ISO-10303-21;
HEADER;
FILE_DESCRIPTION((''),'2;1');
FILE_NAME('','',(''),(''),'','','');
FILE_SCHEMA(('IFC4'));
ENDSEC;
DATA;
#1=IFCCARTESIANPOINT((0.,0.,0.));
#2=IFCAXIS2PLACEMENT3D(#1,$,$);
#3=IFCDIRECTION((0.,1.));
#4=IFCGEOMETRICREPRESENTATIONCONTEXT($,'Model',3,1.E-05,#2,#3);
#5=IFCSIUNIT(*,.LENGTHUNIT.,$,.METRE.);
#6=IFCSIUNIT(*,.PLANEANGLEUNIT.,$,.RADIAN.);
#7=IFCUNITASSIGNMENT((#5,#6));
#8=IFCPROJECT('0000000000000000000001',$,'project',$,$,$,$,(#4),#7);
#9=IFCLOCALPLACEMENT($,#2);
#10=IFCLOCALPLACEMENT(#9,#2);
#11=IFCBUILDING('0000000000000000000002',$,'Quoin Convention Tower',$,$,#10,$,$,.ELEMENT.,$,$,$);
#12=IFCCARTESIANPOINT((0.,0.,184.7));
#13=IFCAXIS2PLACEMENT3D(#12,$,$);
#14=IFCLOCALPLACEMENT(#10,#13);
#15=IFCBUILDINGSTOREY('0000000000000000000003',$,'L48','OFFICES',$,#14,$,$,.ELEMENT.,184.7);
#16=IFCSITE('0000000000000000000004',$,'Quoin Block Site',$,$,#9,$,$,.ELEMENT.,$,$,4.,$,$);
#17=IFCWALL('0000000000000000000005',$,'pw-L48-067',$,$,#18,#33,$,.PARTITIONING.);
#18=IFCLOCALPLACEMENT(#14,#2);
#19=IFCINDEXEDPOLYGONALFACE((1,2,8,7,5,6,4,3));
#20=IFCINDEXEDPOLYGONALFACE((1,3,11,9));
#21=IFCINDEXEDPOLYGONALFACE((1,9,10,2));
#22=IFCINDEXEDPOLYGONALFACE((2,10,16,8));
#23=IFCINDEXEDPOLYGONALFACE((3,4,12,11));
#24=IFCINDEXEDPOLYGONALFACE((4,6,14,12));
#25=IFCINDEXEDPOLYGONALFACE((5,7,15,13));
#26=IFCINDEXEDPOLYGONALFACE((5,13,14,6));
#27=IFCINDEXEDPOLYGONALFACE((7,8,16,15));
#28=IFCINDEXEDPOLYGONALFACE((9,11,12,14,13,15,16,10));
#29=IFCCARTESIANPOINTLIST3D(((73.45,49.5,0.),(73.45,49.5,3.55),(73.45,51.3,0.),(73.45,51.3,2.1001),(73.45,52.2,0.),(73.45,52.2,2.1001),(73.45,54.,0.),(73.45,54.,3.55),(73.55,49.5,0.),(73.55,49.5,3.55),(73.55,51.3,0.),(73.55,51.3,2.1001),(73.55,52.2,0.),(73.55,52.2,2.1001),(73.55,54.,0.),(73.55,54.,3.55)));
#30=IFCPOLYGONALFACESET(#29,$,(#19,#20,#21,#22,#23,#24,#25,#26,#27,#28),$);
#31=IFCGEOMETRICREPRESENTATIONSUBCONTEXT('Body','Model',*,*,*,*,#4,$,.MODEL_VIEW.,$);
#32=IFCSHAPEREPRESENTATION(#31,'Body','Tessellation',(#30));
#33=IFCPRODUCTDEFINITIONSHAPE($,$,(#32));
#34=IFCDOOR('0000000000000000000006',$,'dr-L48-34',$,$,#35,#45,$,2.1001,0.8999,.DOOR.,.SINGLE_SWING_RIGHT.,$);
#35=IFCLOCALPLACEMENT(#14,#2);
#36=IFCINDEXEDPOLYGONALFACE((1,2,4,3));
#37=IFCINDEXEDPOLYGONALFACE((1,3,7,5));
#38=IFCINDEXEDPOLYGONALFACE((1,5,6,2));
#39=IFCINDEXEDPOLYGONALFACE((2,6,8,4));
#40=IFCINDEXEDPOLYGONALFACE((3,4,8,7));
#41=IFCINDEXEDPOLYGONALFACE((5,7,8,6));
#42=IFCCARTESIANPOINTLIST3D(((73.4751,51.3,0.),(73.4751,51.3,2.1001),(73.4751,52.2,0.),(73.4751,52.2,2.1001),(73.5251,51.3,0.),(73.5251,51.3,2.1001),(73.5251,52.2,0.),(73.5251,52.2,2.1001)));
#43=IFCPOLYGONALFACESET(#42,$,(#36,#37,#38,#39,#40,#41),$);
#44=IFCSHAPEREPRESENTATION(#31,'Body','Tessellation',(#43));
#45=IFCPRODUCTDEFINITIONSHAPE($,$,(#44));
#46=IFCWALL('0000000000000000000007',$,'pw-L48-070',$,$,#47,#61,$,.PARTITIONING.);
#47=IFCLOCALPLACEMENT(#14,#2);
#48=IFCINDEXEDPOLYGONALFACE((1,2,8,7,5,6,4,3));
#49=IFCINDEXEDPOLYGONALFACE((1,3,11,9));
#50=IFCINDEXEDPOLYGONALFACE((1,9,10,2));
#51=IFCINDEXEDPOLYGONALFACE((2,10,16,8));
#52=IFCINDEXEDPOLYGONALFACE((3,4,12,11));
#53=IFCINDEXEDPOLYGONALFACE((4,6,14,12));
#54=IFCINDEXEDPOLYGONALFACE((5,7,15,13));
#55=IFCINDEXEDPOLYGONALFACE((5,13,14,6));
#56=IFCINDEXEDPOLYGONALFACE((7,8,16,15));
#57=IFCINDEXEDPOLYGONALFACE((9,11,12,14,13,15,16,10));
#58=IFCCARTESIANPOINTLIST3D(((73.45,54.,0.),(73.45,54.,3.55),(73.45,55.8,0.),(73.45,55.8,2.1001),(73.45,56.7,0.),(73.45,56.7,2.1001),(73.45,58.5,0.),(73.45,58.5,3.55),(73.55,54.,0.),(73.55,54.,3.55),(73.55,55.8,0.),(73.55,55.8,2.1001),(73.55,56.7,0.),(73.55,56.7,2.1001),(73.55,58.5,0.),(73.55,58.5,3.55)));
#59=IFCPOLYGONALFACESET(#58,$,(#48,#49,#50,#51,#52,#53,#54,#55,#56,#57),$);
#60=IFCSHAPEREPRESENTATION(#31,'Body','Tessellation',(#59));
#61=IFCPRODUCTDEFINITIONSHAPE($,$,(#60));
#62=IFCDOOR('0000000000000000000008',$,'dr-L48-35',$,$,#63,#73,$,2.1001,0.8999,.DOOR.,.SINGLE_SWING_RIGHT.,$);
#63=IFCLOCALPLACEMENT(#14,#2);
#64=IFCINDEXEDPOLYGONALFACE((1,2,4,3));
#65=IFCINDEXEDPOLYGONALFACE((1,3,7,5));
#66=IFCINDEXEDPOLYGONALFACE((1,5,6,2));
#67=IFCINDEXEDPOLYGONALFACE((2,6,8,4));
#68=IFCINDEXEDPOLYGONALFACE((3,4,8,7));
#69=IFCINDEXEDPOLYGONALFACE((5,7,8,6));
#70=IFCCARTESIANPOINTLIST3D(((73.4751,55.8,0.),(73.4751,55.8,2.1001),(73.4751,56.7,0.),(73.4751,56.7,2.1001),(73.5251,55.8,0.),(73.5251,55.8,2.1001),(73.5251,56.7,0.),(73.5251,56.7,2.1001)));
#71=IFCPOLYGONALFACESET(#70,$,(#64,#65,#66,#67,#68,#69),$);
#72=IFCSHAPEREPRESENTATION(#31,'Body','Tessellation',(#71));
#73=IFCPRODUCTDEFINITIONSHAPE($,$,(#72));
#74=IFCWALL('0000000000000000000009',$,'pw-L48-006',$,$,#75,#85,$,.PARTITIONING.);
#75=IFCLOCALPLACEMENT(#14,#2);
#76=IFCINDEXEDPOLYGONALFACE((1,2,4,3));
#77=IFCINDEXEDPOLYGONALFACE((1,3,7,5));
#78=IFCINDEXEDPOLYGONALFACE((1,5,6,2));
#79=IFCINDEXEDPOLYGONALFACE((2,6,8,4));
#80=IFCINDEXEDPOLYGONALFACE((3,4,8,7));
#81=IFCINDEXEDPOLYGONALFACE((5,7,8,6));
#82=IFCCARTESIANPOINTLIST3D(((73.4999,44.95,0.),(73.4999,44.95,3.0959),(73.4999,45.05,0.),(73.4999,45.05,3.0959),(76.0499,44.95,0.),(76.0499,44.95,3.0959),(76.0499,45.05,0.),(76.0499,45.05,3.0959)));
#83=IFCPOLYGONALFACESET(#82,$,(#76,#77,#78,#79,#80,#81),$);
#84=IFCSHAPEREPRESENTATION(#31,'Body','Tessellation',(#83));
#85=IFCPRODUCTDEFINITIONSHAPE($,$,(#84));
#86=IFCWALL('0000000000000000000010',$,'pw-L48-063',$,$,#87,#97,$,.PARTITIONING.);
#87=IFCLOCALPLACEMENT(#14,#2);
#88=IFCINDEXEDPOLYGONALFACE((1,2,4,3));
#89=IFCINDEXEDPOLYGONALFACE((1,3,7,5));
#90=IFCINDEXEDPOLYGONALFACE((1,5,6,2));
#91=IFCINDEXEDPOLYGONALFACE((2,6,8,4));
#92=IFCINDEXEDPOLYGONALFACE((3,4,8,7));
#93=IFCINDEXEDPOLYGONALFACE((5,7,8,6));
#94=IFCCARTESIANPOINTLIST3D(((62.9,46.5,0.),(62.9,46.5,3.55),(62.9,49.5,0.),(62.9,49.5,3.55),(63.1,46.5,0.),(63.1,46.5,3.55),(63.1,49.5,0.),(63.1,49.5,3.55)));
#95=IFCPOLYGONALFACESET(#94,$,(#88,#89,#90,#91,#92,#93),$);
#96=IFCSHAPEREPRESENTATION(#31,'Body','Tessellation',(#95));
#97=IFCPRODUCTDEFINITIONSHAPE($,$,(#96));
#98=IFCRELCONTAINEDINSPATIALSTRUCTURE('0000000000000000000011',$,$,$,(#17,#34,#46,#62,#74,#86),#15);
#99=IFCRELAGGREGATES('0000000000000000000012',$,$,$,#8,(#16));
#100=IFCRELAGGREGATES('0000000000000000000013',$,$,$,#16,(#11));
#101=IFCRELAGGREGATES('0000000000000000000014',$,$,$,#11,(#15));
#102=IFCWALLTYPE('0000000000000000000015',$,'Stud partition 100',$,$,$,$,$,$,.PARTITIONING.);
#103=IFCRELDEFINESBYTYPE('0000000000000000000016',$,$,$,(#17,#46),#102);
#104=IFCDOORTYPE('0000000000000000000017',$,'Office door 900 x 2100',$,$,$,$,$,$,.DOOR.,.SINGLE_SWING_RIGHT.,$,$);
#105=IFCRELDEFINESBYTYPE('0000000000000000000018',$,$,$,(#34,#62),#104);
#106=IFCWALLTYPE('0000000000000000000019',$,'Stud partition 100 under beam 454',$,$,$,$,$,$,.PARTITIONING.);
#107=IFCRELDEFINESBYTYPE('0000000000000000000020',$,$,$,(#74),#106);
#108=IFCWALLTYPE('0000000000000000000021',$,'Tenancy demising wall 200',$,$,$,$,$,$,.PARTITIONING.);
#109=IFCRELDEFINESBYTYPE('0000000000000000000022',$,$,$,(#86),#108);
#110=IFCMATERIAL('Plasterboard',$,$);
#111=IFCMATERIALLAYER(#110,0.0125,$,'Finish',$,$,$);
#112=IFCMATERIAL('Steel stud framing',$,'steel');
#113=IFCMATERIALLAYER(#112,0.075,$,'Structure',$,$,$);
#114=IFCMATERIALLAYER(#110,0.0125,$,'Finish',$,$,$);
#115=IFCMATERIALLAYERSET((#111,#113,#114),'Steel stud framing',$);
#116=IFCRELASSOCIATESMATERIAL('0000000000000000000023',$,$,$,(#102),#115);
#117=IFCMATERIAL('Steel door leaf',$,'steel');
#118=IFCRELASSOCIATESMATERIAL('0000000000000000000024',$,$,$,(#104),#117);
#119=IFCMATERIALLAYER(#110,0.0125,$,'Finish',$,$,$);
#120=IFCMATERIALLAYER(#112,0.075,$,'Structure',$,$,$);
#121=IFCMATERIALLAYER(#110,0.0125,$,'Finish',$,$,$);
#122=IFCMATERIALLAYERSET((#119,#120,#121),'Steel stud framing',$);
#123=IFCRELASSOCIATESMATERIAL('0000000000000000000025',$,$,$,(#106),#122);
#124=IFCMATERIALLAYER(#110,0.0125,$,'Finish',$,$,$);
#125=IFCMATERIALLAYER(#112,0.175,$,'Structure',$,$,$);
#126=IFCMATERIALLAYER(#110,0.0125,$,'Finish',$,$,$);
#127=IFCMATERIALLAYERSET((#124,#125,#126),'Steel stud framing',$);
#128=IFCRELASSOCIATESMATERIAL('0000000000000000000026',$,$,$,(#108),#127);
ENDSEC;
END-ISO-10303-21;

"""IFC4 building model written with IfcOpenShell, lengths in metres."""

from ifc_helpers import new_model, si_unit, direction, frame, frame_2d, origin, place, context, subcontext, project, spatial, rectangle, extrude, material, layer, layer_set, type_object, element, fill, save


model = new_model("IFC4")

# Units and contexts
model_context = context("Model", 3, precision=1e-05, world=origin(), true_north=direction((0.0, 1.0)))
body_context = subcontext(model_context, "Body", "Model", "MODEL_VIEW")
ifc_project = project(units=[si_unit("LENGTHUNIT", "METRE"), si_unit("PLANEANGLEUNIT", "RADIAN")], contexts=[model_context])

# Site, building, storey
site_placement = place(None, origin())
site = spatial("IfcSite", under=ifc_project, at=site_placement, Name="Quoin Block Site", CompositionType="ELEMENT", RefElevation=4.0)
building_placement = place(site_placement, origin())
building = spatial("IfcBuilding", under=site, at=building_placement, Name="Quoin Convention Tower", CompositionType="ELEMENT")
storey_placement = place(building_placement, frame((0.0, 0.0, 184.7)))
storey = spatial("IfcBuildingStorey", under=building, at=storey_placement, Name="L48", Description="OFFICES", CompositionType="ELEMENT", Elevation=184.7)

# Shared definitions
ifc_material_1 = material(Name="Plasterboard")
ifc_material_2 = material(Name="Steel stud framing", Category="steel")

# Shared definitions
ifc_material_3 = material(Name="Steel door leaf", Category="steel")

# Shared definitions
ifc_layer_1 = layer(ifc_material_1, 0.0125, Name="Finish")
ifc_layer_2 = layer(ifc_material_2, 0.075, Name="Structure")
ifc_layer_3 = layer(ifc_material_1, 0.0125, Name="Finish")
ifc_layer_set_1 = layer_set([ifc_layer_1, ifc_layer_2, ifc_layer_3], Name="Steel stud framing")
wall_type_1 = type_object("IfcWallType", Name="Stud partition 100", PredefinedType="PARTITIONING", material=ifc_layer_set_1)

# Walls, openings, doors
door_type_1 = type_object("IfcDoorType", Name="Office door 900 x 2100", OperationType="SINGLE_SWING_RIGHT", PredefinedType="DOOR", material=ifc_material_3)
wall_1_placement = place(storey_placement, frame((73.5, 49.5, 0.0), z_axis=(0.0, 0.0, 1.0), x_axis=(0.0, 1.0, 0.0)))
wall_1 = element("IfcWall", 1, at=wall_1_placement, inside=storey, type_object=wall_type_1, Name="pw-L48-067", PredefinedType="PARTITIONING", context=body_context, shape_type="SweptSolid", body=[
    extrude(rectangle(XDim=4.5, YDim=0.1001, at=frame_2d((2.25, 0.0))), origin(), (0.0, 0.0, 1.0), 3.55),
])
opening_1_placement = place(wall_1_placement, frame((1.8, 0.0, 0.0)))
opening_1 = element("IfcOpeningElement", 2, at=opening_1_placement, cuts=wall_1, PredefinedType="OPENING", context=body_context, shape_type="SweptSolid", body=[
    extrude(rectangle(XDim=0.8999, YDim=2.1001, at=frame_2d((0.45, 1.05))), frame((0.0, 0.0601, 0.0), z_axis=(0.0, -1.0, 0.0), x_axis=(1.0, 0.0, 0.0)), (0.0, 0.0, 1.0), 0.1201),
])
door_1_placement = place(opening_1_placement, origin())
door_1 = element("IfcDoor", 3, at=door_1_placement, inside=storey, type_object=door_type_1, Name="dr-L48-34", OperationType="SINGLE_SWING_RIGHT", OverallHeight=2.1001, OverallWidth=0.8999, PredefinedType="DOOR", context=body_context, shape_type="SweptSolid", body=[
    extrude(rectangle(XDim=0.8999, YDim=2.1001, at=frame_2d((0.45, 1.05))), frame((0.0, 0.0249, 0.0), z_axis=(0.0, -1.0, 0.0), x_axis=(1.0, 0.0, 0.0)), (0.0, 0.0, 1.0), 0.05),
])
fill(opening_1, door_1)
wall_2_placement = place(storey_placement, frame((73.5, 54.0, 0.0), z_axis=(0.0, 0.0, 1.0), x_axis=(0.0, 1.0, 0.0)))
wall_2 = element("IfcWall", 4, at=wall_2_placement, inside=storey, type_object=wall_type_1, Name="pw-L48-070", PredefinedType="PARTITIONING", context=body_context, shape_type="SweptSolid", body=[
    extrude(rectangle(XDim=4.5, YDim=0.1001, at=frame_2d((2.25, 0.0))), origin(), (0.0, 0.0, 1.0), 3.55),
])
opening_2_placement = place(wall_2_placement, frame((1.8, 0.0, 0.0)))
opening_2 = element("IfcOpeningElement", 5, at=opening_2_placement, cuts=wall_2, PredefinedType="OPENING", context=body_context, shape_type="SweptSolid", body=[
    extrude(rectangle(XDim=0.8999, YDim=2.1001, at=frame_2d((0.45, 1.05))), frame((0.0, 0.0601, 0.0), z_axis=(0.0, -1.0, 0.0), x_axis=(1.0, 0.0, 0.0)), (0.0, 0.0, 1.0), 0.1201),
])
door_2_placement = place(opening_2_placement, origin())
door_2 = element("IfcDoor", 6, at=door_2_placement, inside=storey, type_object=door_type_1, Name="dr-L48-35", OperationType="SINGLE_SWING_RIGHT", OverallHeight=2.1001, OverallWidth=0.8999, PredefinedType="DOOR", context=body_context, shape_type="SweptSolid", body=[
    extrude(rectangle(XDim=0.8999, YDim=2.1001, at=frame_2d((0.45, 1.05))), frame((0.0, 0.0249, 0.0), z_axis=(0.0, -1.0, 0.0), x_axis=(1.0, 0.0, 0.0)), (0.0, 0.0, 1.0), 0.05),
])
fill(opening_2, door_2)

# Walls
ifc_layer_4 = layer(ifc_material_1, 0.0125, Name="Finish")
ifc_layer_5 = layer(ifc_material_2, 0.075, Name="Structure")
ifc_layer_6 = layer(ifc_material_1, 0.0125, Name="Finish")
ifc_layer_set_2 = layer_set([ifc_layer_4, ifc_layer_5, ifc_layer_6], Name="Steel stud framing")
wall_type_2 = type_object("IfcWallType", Name="Stud partition 100 under beam 454", PredefinedType="PARTITIONING", material=ifc_layer_set_2)
wall_3_placement = place(storey_placement, frame((73.5, 45.0, 0.0), z_axis=(0.0, 0.0, 1.0), x_axis=(1.0, 0.0, 0.0)))
element("IfcWall", 7, at=wall_3_placement, inside=storey, type_object=wall_type_2, Name="pw-L48-006", PredefinedType="PARTITIONING", context=body_context, shape_type="SweptSolid", body=[
    extrude(rectangle(XDim=2.55, YDim=0.1001, at=frame_2d((1.2749, 0.0))), origin(), (0.0, 0.0, 1.0), 3.0959),
])
ifc_layer_7 = layer(ifc_material_1, 0.0125, Name="Finish")
ifc_layer_8 = layer(ifc_material_2, 0.175, Name="Structure")
ifc_layer_9 = layer(ifc_material_1, 0.0125, Name="Finish")
ifc_layer_set_3 = layer_set([ifc_layer_7, ifc_layer_8, ifc_layer_9], Name="Steel stud framing")
wall_type_3 = type_object("IfcWallType", Name="Tenancy demising wall 200", PredefinedType="PARTITIONING", material=ifc_layer_set_3)
wall_4_placement = place(storey_placement, frame((63.0, 46.5, 0.0), z_axis=(0.0, 0.0, 1.0), x_axis=(0.0, 1.0, 0.0)))
element("IfcWall", 8, at=wall_4_placement, inside=storey, type_object=wall_type_3, Name="pw-L48-063", PredefinedType="PARTITIONING", context=body_context, shape_type="SweptSolid", body=[
    extrude(rectangle(XDim=3.0, YDim=0.2, at=frame_2d((1.5, 0.0))), origin(), (0.0, 0.0, 1.0), 3.55),
])

save(model, "model.ifc")
